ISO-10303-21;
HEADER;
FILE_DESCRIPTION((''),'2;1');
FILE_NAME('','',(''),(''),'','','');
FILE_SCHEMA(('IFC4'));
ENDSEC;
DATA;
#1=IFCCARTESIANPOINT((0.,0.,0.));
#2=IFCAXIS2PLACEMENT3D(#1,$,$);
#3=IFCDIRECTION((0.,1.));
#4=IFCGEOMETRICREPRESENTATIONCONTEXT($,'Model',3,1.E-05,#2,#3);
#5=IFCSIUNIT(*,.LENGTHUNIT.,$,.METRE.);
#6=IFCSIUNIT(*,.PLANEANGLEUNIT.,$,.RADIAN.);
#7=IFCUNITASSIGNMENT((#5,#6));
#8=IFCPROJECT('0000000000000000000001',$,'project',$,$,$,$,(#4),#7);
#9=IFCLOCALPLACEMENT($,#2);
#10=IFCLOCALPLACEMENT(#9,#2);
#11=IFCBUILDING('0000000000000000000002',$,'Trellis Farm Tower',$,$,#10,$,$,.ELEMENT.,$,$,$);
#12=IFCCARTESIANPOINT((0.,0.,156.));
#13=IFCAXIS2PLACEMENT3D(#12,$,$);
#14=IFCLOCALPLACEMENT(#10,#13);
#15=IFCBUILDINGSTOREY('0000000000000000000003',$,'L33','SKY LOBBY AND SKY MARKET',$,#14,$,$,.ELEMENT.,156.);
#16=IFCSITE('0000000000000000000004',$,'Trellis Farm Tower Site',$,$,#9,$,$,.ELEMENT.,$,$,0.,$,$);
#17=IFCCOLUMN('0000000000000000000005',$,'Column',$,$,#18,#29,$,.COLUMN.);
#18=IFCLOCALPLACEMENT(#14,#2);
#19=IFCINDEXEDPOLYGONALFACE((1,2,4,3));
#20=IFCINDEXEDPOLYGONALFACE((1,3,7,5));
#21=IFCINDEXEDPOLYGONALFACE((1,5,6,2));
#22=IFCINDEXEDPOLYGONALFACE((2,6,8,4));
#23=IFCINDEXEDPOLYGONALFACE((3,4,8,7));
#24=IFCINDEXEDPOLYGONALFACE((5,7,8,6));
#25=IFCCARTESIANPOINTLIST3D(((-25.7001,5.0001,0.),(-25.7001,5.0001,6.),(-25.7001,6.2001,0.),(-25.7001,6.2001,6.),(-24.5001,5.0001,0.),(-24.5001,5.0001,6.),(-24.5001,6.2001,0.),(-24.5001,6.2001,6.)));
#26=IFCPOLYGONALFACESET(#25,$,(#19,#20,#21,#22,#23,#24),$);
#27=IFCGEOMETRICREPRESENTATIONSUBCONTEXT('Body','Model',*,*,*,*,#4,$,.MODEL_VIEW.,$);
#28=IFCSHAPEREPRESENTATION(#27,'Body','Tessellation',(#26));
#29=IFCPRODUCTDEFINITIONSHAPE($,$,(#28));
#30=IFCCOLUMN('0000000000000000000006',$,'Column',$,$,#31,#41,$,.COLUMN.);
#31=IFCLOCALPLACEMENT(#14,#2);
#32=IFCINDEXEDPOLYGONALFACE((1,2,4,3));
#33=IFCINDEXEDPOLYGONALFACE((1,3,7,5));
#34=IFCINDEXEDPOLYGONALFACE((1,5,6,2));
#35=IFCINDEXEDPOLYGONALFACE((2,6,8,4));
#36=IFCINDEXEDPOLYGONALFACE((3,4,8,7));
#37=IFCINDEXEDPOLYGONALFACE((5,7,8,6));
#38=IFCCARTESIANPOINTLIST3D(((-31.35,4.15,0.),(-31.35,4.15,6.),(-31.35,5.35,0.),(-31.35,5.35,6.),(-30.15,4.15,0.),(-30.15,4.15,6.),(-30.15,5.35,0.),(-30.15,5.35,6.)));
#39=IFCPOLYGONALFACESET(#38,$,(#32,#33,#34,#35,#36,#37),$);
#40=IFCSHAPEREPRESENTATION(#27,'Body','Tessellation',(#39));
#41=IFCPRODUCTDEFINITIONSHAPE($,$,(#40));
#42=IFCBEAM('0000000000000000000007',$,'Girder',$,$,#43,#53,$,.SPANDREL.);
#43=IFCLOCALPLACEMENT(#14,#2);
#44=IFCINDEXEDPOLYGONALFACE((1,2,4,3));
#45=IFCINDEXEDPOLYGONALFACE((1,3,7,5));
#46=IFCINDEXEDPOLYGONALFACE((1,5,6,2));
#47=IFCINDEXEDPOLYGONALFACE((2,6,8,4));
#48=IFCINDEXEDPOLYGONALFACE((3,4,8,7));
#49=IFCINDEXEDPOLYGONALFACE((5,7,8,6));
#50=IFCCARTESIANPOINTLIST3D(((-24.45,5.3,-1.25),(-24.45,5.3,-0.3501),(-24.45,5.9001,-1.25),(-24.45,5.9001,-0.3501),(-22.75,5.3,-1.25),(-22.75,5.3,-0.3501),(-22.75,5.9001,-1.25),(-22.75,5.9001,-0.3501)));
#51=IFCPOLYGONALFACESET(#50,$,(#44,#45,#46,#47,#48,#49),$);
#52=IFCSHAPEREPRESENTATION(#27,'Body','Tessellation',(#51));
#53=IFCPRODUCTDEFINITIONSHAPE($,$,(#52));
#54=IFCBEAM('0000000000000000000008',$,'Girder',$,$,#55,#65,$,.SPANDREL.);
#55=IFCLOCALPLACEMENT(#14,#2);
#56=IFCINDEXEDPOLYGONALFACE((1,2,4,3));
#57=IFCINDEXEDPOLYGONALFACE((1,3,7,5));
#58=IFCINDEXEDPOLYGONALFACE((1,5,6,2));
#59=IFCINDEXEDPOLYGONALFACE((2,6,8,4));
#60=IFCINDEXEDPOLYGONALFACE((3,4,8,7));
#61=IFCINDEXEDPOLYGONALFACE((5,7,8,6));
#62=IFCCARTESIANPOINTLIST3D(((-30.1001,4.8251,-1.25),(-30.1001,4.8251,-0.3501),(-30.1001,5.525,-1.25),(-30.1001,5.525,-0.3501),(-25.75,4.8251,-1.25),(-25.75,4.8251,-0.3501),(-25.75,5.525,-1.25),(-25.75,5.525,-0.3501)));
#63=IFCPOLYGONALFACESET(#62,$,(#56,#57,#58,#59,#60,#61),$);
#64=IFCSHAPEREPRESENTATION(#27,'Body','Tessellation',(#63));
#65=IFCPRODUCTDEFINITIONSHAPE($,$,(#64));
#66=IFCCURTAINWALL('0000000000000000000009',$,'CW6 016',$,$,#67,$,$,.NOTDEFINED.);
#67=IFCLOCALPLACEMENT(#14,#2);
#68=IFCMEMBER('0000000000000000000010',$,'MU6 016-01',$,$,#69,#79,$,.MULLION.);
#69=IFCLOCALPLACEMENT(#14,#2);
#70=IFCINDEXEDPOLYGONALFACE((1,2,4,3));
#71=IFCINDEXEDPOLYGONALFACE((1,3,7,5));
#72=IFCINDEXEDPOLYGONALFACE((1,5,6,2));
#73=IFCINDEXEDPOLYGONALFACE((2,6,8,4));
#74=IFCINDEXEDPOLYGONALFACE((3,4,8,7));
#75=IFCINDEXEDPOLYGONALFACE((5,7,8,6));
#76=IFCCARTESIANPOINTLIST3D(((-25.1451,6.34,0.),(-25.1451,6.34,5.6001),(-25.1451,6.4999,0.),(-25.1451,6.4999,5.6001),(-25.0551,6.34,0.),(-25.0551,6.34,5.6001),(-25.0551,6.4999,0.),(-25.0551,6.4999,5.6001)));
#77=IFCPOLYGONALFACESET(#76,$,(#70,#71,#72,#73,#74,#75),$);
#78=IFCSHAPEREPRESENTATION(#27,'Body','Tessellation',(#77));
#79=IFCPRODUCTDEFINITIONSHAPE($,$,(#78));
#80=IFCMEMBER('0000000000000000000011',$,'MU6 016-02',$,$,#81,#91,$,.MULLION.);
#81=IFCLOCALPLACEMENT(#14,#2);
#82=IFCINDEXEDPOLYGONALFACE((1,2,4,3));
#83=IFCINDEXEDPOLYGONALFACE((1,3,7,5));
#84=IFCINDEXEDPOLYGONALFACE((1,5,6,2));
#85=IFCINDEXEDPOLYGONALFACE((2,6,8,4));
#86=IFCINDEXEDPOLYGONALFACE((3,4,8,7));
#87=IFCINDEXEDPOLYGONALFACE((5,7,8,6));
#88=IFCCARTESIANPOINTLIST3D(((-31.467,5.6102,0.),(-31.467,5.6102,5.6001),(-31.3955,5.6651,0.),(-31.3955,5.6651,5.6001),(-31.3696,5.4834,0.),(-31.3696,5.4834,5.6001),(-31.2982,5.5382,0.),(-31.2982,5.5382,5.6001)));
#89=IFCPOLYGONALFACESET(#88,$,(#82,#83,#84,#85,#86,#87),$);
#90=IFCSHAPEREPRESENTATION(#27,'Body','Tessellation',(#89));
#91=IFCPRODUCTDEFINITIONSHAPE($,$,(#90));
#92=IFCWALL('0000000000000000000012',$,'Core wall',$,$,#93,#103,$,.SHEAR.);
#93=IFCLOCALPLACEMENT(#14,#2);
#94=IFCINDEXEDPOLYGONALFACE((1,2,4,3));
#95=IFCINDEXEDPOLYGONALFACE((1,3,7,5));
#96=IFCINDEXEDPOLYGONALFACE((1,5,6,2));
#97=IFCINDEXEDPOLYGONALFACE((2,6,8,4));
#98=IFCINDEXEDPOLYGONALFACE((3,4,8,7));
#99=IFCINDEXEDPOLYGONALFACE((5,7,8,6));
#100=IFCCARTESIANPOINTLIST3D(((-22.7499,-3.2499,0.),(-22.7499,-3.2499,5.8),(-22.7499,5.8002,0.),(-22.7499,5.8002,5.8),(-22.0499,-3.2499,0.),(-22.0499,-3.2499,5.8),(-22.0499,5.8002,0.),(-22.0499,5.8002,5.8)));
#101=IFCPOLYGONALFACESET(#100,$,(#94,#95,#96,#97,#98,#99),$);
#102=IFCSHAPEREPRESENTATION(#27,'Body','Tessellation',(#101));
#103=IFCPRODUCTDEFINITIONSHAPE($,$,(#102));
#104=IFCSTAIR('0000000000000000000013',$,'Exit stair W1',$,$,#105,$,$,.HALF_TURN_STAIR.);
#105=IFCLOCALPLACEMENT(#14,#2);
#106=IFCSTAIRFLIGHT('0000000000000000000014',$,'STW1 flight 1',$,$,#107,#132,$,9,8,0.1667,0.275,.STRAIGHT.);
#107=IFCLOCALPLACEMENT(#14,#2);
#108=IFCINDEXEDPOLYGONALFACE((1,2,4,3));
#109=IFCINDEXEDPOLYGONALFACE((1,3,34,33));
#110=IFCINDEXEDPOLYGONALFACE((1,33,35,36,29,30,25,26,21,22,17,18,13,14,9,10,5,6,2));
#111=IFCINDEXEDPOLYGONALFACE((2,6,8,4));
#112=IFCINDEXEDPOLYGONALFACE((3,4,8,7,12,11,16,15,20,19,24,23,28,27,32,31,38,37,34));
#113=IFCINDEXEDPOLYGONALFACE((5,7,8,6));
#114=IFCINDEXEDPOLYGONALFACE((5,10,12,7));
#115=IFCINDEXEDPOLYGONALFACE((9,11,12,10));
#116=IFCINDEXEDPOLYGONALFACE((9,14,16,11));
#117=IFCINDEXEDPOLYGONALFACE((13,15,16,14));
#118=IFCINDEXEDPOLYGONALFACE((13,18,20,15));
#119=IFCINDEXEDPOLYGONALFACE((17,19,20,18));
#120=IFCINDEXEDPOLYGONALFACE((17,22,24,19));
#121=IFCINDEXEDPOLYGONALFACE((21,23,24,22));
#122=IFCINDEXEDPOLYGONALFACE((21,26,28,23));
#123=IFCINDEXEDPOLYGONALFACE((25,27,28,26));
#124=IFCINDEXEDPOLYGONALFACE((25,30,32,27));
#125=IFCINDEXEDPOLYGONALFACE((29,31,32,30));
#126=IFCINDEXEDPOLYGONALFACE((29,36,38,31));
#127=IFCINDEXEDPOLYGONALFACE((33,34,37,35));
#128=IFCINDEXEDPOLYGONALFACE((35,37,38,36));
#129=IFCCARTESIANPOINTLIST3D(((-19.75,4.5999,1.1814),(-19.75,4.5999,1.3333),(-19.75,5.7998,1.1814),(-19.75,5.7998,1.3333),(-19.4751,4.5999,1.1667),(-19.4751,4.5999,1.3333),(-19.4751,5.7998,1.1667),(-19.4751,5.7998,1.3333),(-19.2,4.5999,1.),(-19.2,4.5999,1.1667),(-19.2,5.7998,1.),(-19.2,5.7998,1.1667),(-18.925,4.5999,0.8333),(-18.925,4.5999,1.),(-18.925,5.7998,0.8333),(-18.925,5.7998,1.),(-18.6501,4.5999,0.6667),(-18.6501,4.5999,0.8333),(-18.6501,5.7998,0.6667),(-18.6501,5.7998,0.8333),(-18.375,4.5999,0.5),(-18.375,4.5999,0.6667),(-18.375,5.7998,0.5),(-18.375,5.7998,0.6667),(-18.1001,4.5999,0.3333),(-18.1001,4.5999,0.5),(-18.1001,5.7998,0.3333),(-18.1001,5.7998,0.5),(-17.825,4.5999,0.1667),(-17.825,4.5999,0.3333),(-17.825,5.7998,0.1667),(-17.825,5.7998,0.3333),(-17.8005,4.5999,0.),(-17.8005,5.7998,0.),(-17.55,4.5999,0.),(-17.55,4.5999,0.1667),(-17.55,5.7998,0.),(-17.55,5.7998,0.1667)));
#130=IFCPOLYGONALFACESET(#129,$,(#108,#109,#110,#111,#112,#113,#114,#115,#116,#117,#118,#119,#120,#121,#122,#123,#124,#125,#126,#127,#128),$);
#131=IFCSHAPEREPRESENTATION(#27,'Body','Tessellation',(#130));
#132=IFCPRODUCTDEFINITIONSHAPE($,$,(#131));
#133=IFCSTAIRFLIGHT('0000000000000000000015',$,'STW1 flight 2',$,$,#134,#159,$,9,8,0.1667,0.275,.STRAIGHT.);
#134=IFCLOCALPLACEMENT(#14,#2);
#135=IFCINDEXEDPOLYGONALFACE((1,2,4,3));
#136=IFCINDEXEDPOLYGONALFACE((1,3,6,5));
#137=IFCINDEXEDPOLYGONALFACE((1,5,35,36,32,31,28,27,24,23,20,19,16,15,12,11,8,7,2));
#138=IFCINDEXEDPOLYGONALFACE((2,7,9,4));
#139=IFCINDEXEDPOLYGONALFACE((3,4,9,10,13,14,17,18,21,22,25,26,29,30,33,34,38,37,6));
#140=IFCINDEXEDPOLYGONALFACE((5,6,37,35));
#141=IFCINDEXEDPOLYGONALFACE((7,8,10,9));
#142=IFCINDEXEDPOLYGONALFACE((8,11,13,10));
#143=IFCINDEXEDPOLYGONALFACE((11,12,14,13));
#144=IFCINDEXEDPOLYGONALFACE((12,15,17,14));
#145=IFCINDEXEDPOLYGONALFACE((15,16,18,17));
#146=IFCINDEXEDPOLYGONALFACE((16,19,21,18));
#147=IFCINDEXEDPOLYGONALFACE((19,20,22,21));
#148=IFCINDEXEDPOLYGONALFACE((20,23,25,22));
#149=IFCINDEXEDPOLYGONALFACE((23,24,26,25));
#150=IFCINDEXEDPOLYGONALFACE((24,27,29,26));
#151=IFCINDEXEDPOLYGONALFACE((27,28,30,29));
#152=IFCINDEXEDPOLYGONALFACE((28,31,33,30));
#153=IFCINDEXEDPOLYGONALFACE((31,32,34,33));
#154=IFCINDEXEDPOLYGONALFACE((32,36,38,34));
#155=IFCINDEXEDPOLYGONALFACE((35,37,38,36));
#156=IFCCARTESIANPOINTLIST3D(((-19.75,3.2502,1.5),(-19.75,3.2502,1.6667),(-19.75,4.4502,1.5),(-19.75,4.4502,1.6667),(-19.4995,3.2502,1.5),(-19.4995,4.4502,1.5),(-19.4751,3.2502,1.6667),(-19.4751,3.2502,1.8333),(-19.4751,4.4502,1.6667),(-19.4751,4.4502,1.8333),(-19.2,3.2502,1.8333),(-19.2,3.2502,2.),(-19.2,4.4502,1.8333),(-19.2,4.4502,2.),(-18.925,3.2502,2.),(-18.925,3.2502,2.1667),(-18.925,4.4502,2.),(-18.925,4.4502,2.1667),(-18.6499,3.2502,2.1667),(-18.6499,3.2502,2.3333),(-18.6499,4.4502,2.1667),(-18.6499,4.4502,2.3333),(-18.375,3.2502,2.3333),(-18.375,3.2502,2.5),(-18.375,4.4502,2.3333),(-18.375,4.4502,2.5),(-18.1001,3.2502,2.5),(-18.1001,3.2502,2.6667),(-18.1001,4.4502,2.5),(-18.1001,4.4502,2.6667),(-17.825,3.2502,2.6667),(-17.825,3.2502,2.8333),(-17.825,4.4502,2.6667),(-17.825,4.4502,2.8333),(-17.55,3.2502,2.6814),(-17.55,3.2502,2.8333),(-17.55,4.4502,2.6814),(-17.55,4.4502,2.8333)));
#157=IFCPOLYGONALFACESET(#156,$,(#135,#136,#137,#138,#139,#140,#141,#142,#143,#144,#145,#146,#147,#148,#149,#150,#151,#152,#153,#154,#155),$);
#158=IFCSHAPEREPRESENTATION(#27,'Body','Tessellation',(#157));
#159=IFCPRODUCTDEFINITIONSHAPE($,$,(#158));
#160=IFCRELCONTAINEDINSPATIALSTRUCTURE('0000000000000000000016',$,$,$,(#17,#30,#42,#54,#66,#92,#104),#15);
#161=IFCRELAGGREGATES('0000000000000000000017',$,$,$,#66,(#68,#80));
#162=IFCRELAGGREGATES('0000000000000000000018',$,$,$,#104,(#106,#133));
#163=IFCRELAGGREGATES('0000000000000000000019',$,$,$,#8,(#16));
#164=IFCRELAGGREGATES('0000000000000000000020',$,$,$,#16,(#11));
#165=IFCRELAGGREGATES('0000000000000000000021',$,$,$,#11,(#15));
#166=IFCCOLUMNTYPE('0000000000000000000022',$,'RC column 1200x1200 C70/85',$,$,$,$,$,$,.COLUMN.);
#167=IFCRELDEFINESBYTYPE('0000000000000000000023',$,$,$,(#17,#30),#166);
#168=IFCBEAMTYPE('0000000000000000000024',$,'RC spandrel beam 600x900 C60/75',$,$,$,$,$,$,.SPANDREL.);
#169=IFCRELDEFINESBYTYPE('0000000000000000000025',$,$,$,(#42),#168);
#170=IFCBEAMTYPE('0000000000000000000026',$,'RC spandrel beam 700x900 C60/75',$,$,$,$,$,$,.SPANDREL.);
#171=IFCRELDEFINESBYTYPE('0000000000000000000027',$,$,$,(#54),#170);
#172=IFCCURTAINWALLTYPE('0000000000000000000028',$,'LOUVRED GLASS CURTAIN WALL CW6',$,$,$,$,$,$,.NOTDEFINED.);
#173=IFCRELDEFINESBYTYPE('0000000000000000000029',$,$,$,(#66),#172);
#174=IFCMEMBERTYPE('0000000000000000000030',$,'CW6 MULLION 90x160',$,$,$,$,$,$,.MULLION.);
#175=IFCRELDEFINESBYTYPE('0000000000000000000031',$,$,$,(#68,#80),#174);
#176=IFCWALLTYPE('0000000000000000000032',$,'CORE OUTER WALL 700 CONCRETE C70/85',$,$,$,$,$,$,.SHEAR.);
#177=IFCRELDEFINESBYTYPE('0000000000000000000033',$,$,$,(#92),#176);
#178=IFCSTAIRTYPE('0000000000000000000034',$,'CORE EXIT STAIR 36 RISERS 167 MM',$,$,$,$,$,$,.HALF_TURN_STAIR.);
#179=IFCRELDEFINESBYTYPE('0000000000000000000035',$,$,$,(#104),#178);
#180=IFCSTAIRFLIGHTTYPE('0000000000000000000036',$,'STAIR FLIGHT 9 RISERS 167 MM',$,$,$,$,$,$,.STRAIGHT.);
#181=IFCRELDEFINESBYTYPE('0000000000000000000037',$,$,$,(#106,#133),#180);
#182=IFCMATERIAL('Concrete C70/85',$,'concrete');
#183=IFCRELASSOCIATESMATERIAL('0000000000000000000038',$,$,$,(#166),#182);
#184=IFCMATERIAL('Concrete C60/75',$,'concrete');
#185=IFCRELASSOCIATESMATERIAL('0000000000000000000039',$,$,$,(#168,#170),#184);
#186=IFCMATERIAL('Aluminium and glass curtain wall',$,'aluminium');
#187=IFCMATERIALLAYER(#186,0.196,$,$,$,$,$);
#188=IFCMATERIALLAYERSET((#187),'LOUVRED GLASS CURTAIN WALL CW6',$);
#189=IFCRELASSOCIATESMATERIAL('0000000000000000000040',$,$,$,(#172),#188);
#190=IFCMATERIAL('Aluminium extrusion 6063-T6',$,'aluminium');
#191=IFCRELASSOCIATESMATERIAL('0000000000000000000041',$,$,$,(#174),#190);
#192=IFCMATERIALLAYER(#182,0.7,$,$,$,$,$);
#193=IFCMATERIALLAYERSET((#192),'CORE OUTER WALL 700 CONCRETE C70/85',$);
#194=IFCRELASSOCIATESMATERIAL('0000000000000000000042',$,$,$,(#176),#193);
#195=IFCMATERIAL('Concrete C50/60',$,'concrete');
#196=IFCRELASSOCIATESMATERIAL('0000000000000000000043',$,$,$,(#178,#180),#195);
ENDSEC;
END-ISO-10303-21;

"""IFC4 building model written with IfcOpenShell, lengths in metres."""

from ifc_helpers import new_model, si_unit, direction, frame, frame_2d, origin, origin_2d, place, context, subcontext, project, spatial, polyline, rectangle, outline, extrude, source, transform, mapped, material, layer, layer_set, material_profile, profile_set, type_object, element, aggregate, save


model = new_model("IFC4")

# Units and contexts
model_context = context("Model", 3, precision=1e-05, world=origin(), true_north=direction((0.0, 1.0)))
body_context = subcontext(model_context, "Body", "Model", "MODEL_VIEW")
ifc_project = project(units=[si_unit("LENGTHUNIT", "METRE"), si_unit("PLANEANGLEUNIT", "RADIAN")], contexts=[model_context])

# Site, building, storey
site_placement = place(None, origin())
site = spatial("IfcSite", under=ifc_project, at=site_placement, Name="Trellis Farm Tower Site", CompositionType="ELEMENT", RefElevation=0.0)
building_placement = place(site_placement, origin())
building = spatial("IfcBuilding", under=site, at=building_placement, Name="Trellis Farm Tower", CompositionType="ELEMENT")
storey_placement = place(building_placement, frame((0.0, 0.0, 156.0)))
storey = spatial("IfcBuildingStorey", under=building, at=storey_placement, Name="L33", Description="SKY LOBBY AND SKY MARKET", CompositionType="ELEMENT", Elevation=156.0)

# Columns
ifc_material_1 = material(Name="Concrete C70/85", Category="concrete")
ifc_material_profile_1 = material_profile(ifc_material_1, rectangle(XDim=1.2, YDim=1.2, at=origin_2d()), Name="RC column 1200x1200 C70/85")
ifc_profile_set_1 = profile_set([ifc_material_profile_1], Name="Concrete C70/85")
column_type = type_object("IfcColumnType", Name="RC column 1200x1200 C70/85", PredefinedType="COLUMN", material=ifc_profile_set_1)
shared_shape_1 = source(origin(), body_context, "Body", "SweptSolid", [
    extrude(rectangle(XDim=1.2, YDim=1.2, at=origin_2d()), origin(), (0.0, 0.0, 1.0), 6.0),
])
for number, where, z_axis, x_axis, name in (
    (1, (-25.1001, 5.6001, 0.0), (0.0, 0.0, 1.0), (1.0, 0.0, 0.0), "Column"),
    (2, (-30.75, 4.75, 0.0), (0.0, 0.0, 1.0), (1.0, 0.0, 0.0), "Column"),
):
    element("IfcColumn", number, at=place(storey_placement, frame(where, z_axis=z_axis, x_axis=x_axis)), inside=storey, type_object=column_type, Name=name, PredefinedType="COLUMN", context=body_context, shape_type="MappedRepresentation", body=[
        mapped(shared_shape_1, transform((0.0, 0.0, 0.0))),
    ])

# Beams
ifc_material_2 = material(Name="Concrete C60/75", Category="concrete")
ifc_material_profile_2 = material_profile(ifc_material_2, rectangle(XDim=0.6001, YDim=0.8999, at=origin_2d()), Name="RC spandrel beam 600x900 C60/75")
ifc_profile_set_2 = profile_set([ifc_material_profile_2], Name="Concrete C60/75")
beam_type_1 = type_object("IfcBeamType", Name="RC spandrel beam 600x900 C60/75", PredefinedType="SPANDREL", material=ifc_profile_set_2)
shared_shape_2 = source(origin(), body_context, "Body", "SweptSolid", [
    extrude(rectangle(XDim=0.6001, YDim=0.8999, at=origin_2d()), origin(), (0.0, 0.0, 1.0), 1.7),
])
beam_1_placement = place(storey_placement, frame((-24.45, 5.6001, -0.8), z_axis=(1.0, 0.0, 0.0), x_axis=(0.0, 1.0, 0.0)))
element("IfcBeam", 3, at=beam_1_placement, inside=storey, type_object=beam_type_1, Name="Girder", PredefinedType="SPANDREL", context=body_context, shape_type="MappedRepresentation", body=[
    mapped(shared_shape_2, transform((0.0, 0.0, 0.0))),
])
ifc_material_profile_3 = material_profile(ifc_material_2, rectangle(XDim=0.7, YDim=0.8999, at=origin_2d()), Name="RC spandrel beam 700x900 C60/75")
ifc_profile_set_3 = profile_set([ifc_material_profile_3], Name="Concrete C60/75")
beam_type_2 = type_object("IfcBeamType", Name="RC spandrel beam 700x900 C60/75", PredefinedType="SPANDREL", material=ifc_profile_set_3)
shared_shape_3 = source(origin(), body_context, "Body", "SweptSolid", [
    extrude(rectangle(XDim=0.7, YDim=0.8999, at=origin_2d()), origin(), (0.0, 0.0, 1.0), 4.3501),
])
beam_2_placement = place(storey_placement, frame((-30.1001, 5.175, -0.8), z_axis=(1.0, 0.0, 0.0), x_axis=(0.0, 1.0, 0.0)))
element("IfcBeam", 4, at=beam_2_placement, inside=storey, type_object=beam_type_2, Name="Girder", PredefinedType="SPANDREL", context=body_context, shape_type="MappedRepresentation", body=[
    mapped(shared_shape_3, transform((0.0, 0.0, 0.0))),
])

# Curtain wall, members
ifc_material_3 = material(Name="Aluminium and glass curtain wall", Category="aluminium")
ifc_layer_1 = layer(ifc_material_3, 0.196)
ifc_layer_set_1 = layer_set([ifc_layer_1], Name="LOUVRED GLASS CURTAIN WALL CW6")
curtain_wall_type = type_object("IfcCurtainWallType", Name="LOUVRED GLASS CURTAIN WALL CW6", PredefinedType="NOTDEFINED", material=ifc_layer_set_1)
placement = place(storey_placement, origin())
curtain_wall = element("IfcCurtainWall", 5, at=placement, inside=storey, type_object=curtain_wall_type, Name="CW6 016", PredefinedType="NOTDEFINED")
ifc_material_4 = material(Name="Aluminium extrusion 6063-T6", Category="aluminium")
ifc_material_profile_4 = material_profile(ifc_material_4, rectangle(XDim=0.0901, YDim=0.1599, at=origin_2d()), Name="MULLION 90x160")
ifc_profile_set_4 = profile_set([ifc_material_profile_4], Name="Aluminium extrusion 6063-T6")
member_type = type_object("IfcMemberType", Name="CW6 MULLION 90x160", PredefinedType="MULLION", material=ifc_profile_set_4)
shared_shape_4 = source(origin(), body_context, "Body", "SweptSolid", [
    extrude(rectangle(XDim=0.0901, YDim=0.1599, at=origin_2d()), origin(), (0.0, 0.0, 1.0), 5.6001),
])
member_1_placement = place(storey_placement, frame((-25.1001, 6.4199, 0.0), z_axis=(0.0, 0.0, 1.0), x_axis=(-1.0, 0.0, 0.0)))
member_1 = element("IfcMember", 6, at=member_1_placement, type_object=member_type, Name="MU6 016-01", PredefinedType="MULLION", context=body_context, shape_type="MappedRepresentation", body=[
    mapped(shared_shape_4, transform((0.0, 0.0, 0.0))),
])
member_2_placement = place(storey_placement, frame((-31.3826, 5.5742, 0.0), z_axis=(0.0, 0.0, 1.0), x_axis=(-0.793353, -0.608761, 0.0)))
member_2 = element("IfcMember", 7, at=member_2_placement, type_object=member_type, Name="MU6 016-02", PredefinedType="MULLION", context=body_context, shape_type="MappedRepresentation", body=[
    mapped(shared_shape_4, transform((0.0, 0.0, 0.0))),
])
aggregate(curtain_wall, [member_1, member_2])

# Wall
ifc_layer_2 = layer(ifc_material_1, 0.7)
ifc_layer_set_2 = layer_set([ifc_layer_2], Name="CORE OUTER WALL 700 CONCRETE C70/85")
wall_type = type_object("IfcWallType", Name="CORE OUTER WALL 700 CONCRETE C70/85", PredefinedType="SHEAR", material=ifc_layer_set_2)
shared_shape_5 = source(origin(), body_context, "Body", "SweptSolid", [
    extrude(rectangle(XDim=9.05, YDim=0.7, at=frame_2d((4.5249, 0.0))), origin(), (0.0, 0.0, 1.0), 5.8),
])
wall_placement = place(storey_placement, frame((-22.3999, 5.8, 0.0), z_axis=(0.0, 0.0, 1.0), x_axis=(0.0, -1.0, 0.0)))
element("IfcWall", 8, at=wall_placement, inside=storey, type_object=wall_type, Name="Core wall", PredefinedType="SHEAR", context=body_context, shape_type="MappedRepresentation", body=[
    mapped(shared_shape_5, transform((0.0, 0.0, 0.0))),
])

# Stair, stair flights
ifc_material_5 = material(Name="Concrete C50/60", Category="concrete")
stair_type = type_object("IfcStairType", Name="CORE EXIT STAIR 36 RISERS 167 MM", PredefinedType="HALF_TURN_STAIR", material=ifc_material_5)
stair_1 = element("IfcStair", 9, at=placement, inside=storey, type_object=stair_type, Name="Exit stair W1", PredefinedType="HALF_TURN_STAIR")
stair_flight_type = type_object("IfcStairFlightType", Name="STAIR FLIGHT 9 RISERS 167 MM", PredefinedType="STRAIGHT", material=ifc_material_5)
shared_shape_6 = source(origin(), body_context, "Body", "SweptSolid", [
    extrude(outline(polyline([(0.0, 0.0), (0.0, 0.1667), (0.2749, 0.1667), (0.2749, 0.3333), (0.55, 0.3333), (0.55, 0.5), (0.825, 0.5), (0.825, 0.6667), (1.1001, 0.6667), (1.1001, 0.8333), (1.375, 0.8333), (1.375, 1.0), (1.6499, 1.0), (1.6499, 1.1667), (1.925, 1.1667), (1.925, 1.3333), (2.2, 1.3333), (2.2, 1.5), (2.2, 1.1814), (0.2505, 0.0), (0.0, 0.0)])), frame((0.0, 0.6001, 0.0), z_axis=(0.0, -1.0, 0.0), x_axis=(1.0, 0.0, 0.0)), (0.0, 0.0, 1.0), 1.2),
])
stair_flight_1_placement = place(storey_placement, frame((-17.55, 5.2, 0.0), z_axis=(0.0, 0.0, 1.0), x_axis=(-1.0, 0.0, 0.0)))
stair_flight_1 = element("IfcStairFlight", 10, at=stair_flight_1_placement, type_object=stair_flight_type, Name="STW1 flight 1", NumberOfRisers=9, NumberOfTreads=8, PredefinedType="STRAIGHT", RiserHeight=0.1667, TreadLength=0.275, context=body_context, shape_type="MappedRepresentation", body=[
    mapped(shared_shape_6, transform((0.0, 0.0, 0.0))),
])
stair_flight_2_placement = place(storey_placement, frame((-19.75, 3.8501, 1.5), z_axis=(0.0, 0.0, 1.0), x_axis=(1.0, 0.0, 0.0)))
stair_flight_2 = element("IfcStairFlight", 11, at=stair_flight_2_placement, type_object=stair_flight_type, Name="STW1 flight 2", NumberOfRisers=9, NumberOfTreads=8, PredefinedType="STRAIGHT", RiserHeight=0.1667, TreadLength=0.275, context=body_context, shape_type="MappedRepresentation", body=[
    mapped(shared_shape_6, transform((0.0, 0.0, 0.0))),
])
aggregate(stair_1, [stair_flight_1, stair_flight_2])

save(model, "model.ifc")
